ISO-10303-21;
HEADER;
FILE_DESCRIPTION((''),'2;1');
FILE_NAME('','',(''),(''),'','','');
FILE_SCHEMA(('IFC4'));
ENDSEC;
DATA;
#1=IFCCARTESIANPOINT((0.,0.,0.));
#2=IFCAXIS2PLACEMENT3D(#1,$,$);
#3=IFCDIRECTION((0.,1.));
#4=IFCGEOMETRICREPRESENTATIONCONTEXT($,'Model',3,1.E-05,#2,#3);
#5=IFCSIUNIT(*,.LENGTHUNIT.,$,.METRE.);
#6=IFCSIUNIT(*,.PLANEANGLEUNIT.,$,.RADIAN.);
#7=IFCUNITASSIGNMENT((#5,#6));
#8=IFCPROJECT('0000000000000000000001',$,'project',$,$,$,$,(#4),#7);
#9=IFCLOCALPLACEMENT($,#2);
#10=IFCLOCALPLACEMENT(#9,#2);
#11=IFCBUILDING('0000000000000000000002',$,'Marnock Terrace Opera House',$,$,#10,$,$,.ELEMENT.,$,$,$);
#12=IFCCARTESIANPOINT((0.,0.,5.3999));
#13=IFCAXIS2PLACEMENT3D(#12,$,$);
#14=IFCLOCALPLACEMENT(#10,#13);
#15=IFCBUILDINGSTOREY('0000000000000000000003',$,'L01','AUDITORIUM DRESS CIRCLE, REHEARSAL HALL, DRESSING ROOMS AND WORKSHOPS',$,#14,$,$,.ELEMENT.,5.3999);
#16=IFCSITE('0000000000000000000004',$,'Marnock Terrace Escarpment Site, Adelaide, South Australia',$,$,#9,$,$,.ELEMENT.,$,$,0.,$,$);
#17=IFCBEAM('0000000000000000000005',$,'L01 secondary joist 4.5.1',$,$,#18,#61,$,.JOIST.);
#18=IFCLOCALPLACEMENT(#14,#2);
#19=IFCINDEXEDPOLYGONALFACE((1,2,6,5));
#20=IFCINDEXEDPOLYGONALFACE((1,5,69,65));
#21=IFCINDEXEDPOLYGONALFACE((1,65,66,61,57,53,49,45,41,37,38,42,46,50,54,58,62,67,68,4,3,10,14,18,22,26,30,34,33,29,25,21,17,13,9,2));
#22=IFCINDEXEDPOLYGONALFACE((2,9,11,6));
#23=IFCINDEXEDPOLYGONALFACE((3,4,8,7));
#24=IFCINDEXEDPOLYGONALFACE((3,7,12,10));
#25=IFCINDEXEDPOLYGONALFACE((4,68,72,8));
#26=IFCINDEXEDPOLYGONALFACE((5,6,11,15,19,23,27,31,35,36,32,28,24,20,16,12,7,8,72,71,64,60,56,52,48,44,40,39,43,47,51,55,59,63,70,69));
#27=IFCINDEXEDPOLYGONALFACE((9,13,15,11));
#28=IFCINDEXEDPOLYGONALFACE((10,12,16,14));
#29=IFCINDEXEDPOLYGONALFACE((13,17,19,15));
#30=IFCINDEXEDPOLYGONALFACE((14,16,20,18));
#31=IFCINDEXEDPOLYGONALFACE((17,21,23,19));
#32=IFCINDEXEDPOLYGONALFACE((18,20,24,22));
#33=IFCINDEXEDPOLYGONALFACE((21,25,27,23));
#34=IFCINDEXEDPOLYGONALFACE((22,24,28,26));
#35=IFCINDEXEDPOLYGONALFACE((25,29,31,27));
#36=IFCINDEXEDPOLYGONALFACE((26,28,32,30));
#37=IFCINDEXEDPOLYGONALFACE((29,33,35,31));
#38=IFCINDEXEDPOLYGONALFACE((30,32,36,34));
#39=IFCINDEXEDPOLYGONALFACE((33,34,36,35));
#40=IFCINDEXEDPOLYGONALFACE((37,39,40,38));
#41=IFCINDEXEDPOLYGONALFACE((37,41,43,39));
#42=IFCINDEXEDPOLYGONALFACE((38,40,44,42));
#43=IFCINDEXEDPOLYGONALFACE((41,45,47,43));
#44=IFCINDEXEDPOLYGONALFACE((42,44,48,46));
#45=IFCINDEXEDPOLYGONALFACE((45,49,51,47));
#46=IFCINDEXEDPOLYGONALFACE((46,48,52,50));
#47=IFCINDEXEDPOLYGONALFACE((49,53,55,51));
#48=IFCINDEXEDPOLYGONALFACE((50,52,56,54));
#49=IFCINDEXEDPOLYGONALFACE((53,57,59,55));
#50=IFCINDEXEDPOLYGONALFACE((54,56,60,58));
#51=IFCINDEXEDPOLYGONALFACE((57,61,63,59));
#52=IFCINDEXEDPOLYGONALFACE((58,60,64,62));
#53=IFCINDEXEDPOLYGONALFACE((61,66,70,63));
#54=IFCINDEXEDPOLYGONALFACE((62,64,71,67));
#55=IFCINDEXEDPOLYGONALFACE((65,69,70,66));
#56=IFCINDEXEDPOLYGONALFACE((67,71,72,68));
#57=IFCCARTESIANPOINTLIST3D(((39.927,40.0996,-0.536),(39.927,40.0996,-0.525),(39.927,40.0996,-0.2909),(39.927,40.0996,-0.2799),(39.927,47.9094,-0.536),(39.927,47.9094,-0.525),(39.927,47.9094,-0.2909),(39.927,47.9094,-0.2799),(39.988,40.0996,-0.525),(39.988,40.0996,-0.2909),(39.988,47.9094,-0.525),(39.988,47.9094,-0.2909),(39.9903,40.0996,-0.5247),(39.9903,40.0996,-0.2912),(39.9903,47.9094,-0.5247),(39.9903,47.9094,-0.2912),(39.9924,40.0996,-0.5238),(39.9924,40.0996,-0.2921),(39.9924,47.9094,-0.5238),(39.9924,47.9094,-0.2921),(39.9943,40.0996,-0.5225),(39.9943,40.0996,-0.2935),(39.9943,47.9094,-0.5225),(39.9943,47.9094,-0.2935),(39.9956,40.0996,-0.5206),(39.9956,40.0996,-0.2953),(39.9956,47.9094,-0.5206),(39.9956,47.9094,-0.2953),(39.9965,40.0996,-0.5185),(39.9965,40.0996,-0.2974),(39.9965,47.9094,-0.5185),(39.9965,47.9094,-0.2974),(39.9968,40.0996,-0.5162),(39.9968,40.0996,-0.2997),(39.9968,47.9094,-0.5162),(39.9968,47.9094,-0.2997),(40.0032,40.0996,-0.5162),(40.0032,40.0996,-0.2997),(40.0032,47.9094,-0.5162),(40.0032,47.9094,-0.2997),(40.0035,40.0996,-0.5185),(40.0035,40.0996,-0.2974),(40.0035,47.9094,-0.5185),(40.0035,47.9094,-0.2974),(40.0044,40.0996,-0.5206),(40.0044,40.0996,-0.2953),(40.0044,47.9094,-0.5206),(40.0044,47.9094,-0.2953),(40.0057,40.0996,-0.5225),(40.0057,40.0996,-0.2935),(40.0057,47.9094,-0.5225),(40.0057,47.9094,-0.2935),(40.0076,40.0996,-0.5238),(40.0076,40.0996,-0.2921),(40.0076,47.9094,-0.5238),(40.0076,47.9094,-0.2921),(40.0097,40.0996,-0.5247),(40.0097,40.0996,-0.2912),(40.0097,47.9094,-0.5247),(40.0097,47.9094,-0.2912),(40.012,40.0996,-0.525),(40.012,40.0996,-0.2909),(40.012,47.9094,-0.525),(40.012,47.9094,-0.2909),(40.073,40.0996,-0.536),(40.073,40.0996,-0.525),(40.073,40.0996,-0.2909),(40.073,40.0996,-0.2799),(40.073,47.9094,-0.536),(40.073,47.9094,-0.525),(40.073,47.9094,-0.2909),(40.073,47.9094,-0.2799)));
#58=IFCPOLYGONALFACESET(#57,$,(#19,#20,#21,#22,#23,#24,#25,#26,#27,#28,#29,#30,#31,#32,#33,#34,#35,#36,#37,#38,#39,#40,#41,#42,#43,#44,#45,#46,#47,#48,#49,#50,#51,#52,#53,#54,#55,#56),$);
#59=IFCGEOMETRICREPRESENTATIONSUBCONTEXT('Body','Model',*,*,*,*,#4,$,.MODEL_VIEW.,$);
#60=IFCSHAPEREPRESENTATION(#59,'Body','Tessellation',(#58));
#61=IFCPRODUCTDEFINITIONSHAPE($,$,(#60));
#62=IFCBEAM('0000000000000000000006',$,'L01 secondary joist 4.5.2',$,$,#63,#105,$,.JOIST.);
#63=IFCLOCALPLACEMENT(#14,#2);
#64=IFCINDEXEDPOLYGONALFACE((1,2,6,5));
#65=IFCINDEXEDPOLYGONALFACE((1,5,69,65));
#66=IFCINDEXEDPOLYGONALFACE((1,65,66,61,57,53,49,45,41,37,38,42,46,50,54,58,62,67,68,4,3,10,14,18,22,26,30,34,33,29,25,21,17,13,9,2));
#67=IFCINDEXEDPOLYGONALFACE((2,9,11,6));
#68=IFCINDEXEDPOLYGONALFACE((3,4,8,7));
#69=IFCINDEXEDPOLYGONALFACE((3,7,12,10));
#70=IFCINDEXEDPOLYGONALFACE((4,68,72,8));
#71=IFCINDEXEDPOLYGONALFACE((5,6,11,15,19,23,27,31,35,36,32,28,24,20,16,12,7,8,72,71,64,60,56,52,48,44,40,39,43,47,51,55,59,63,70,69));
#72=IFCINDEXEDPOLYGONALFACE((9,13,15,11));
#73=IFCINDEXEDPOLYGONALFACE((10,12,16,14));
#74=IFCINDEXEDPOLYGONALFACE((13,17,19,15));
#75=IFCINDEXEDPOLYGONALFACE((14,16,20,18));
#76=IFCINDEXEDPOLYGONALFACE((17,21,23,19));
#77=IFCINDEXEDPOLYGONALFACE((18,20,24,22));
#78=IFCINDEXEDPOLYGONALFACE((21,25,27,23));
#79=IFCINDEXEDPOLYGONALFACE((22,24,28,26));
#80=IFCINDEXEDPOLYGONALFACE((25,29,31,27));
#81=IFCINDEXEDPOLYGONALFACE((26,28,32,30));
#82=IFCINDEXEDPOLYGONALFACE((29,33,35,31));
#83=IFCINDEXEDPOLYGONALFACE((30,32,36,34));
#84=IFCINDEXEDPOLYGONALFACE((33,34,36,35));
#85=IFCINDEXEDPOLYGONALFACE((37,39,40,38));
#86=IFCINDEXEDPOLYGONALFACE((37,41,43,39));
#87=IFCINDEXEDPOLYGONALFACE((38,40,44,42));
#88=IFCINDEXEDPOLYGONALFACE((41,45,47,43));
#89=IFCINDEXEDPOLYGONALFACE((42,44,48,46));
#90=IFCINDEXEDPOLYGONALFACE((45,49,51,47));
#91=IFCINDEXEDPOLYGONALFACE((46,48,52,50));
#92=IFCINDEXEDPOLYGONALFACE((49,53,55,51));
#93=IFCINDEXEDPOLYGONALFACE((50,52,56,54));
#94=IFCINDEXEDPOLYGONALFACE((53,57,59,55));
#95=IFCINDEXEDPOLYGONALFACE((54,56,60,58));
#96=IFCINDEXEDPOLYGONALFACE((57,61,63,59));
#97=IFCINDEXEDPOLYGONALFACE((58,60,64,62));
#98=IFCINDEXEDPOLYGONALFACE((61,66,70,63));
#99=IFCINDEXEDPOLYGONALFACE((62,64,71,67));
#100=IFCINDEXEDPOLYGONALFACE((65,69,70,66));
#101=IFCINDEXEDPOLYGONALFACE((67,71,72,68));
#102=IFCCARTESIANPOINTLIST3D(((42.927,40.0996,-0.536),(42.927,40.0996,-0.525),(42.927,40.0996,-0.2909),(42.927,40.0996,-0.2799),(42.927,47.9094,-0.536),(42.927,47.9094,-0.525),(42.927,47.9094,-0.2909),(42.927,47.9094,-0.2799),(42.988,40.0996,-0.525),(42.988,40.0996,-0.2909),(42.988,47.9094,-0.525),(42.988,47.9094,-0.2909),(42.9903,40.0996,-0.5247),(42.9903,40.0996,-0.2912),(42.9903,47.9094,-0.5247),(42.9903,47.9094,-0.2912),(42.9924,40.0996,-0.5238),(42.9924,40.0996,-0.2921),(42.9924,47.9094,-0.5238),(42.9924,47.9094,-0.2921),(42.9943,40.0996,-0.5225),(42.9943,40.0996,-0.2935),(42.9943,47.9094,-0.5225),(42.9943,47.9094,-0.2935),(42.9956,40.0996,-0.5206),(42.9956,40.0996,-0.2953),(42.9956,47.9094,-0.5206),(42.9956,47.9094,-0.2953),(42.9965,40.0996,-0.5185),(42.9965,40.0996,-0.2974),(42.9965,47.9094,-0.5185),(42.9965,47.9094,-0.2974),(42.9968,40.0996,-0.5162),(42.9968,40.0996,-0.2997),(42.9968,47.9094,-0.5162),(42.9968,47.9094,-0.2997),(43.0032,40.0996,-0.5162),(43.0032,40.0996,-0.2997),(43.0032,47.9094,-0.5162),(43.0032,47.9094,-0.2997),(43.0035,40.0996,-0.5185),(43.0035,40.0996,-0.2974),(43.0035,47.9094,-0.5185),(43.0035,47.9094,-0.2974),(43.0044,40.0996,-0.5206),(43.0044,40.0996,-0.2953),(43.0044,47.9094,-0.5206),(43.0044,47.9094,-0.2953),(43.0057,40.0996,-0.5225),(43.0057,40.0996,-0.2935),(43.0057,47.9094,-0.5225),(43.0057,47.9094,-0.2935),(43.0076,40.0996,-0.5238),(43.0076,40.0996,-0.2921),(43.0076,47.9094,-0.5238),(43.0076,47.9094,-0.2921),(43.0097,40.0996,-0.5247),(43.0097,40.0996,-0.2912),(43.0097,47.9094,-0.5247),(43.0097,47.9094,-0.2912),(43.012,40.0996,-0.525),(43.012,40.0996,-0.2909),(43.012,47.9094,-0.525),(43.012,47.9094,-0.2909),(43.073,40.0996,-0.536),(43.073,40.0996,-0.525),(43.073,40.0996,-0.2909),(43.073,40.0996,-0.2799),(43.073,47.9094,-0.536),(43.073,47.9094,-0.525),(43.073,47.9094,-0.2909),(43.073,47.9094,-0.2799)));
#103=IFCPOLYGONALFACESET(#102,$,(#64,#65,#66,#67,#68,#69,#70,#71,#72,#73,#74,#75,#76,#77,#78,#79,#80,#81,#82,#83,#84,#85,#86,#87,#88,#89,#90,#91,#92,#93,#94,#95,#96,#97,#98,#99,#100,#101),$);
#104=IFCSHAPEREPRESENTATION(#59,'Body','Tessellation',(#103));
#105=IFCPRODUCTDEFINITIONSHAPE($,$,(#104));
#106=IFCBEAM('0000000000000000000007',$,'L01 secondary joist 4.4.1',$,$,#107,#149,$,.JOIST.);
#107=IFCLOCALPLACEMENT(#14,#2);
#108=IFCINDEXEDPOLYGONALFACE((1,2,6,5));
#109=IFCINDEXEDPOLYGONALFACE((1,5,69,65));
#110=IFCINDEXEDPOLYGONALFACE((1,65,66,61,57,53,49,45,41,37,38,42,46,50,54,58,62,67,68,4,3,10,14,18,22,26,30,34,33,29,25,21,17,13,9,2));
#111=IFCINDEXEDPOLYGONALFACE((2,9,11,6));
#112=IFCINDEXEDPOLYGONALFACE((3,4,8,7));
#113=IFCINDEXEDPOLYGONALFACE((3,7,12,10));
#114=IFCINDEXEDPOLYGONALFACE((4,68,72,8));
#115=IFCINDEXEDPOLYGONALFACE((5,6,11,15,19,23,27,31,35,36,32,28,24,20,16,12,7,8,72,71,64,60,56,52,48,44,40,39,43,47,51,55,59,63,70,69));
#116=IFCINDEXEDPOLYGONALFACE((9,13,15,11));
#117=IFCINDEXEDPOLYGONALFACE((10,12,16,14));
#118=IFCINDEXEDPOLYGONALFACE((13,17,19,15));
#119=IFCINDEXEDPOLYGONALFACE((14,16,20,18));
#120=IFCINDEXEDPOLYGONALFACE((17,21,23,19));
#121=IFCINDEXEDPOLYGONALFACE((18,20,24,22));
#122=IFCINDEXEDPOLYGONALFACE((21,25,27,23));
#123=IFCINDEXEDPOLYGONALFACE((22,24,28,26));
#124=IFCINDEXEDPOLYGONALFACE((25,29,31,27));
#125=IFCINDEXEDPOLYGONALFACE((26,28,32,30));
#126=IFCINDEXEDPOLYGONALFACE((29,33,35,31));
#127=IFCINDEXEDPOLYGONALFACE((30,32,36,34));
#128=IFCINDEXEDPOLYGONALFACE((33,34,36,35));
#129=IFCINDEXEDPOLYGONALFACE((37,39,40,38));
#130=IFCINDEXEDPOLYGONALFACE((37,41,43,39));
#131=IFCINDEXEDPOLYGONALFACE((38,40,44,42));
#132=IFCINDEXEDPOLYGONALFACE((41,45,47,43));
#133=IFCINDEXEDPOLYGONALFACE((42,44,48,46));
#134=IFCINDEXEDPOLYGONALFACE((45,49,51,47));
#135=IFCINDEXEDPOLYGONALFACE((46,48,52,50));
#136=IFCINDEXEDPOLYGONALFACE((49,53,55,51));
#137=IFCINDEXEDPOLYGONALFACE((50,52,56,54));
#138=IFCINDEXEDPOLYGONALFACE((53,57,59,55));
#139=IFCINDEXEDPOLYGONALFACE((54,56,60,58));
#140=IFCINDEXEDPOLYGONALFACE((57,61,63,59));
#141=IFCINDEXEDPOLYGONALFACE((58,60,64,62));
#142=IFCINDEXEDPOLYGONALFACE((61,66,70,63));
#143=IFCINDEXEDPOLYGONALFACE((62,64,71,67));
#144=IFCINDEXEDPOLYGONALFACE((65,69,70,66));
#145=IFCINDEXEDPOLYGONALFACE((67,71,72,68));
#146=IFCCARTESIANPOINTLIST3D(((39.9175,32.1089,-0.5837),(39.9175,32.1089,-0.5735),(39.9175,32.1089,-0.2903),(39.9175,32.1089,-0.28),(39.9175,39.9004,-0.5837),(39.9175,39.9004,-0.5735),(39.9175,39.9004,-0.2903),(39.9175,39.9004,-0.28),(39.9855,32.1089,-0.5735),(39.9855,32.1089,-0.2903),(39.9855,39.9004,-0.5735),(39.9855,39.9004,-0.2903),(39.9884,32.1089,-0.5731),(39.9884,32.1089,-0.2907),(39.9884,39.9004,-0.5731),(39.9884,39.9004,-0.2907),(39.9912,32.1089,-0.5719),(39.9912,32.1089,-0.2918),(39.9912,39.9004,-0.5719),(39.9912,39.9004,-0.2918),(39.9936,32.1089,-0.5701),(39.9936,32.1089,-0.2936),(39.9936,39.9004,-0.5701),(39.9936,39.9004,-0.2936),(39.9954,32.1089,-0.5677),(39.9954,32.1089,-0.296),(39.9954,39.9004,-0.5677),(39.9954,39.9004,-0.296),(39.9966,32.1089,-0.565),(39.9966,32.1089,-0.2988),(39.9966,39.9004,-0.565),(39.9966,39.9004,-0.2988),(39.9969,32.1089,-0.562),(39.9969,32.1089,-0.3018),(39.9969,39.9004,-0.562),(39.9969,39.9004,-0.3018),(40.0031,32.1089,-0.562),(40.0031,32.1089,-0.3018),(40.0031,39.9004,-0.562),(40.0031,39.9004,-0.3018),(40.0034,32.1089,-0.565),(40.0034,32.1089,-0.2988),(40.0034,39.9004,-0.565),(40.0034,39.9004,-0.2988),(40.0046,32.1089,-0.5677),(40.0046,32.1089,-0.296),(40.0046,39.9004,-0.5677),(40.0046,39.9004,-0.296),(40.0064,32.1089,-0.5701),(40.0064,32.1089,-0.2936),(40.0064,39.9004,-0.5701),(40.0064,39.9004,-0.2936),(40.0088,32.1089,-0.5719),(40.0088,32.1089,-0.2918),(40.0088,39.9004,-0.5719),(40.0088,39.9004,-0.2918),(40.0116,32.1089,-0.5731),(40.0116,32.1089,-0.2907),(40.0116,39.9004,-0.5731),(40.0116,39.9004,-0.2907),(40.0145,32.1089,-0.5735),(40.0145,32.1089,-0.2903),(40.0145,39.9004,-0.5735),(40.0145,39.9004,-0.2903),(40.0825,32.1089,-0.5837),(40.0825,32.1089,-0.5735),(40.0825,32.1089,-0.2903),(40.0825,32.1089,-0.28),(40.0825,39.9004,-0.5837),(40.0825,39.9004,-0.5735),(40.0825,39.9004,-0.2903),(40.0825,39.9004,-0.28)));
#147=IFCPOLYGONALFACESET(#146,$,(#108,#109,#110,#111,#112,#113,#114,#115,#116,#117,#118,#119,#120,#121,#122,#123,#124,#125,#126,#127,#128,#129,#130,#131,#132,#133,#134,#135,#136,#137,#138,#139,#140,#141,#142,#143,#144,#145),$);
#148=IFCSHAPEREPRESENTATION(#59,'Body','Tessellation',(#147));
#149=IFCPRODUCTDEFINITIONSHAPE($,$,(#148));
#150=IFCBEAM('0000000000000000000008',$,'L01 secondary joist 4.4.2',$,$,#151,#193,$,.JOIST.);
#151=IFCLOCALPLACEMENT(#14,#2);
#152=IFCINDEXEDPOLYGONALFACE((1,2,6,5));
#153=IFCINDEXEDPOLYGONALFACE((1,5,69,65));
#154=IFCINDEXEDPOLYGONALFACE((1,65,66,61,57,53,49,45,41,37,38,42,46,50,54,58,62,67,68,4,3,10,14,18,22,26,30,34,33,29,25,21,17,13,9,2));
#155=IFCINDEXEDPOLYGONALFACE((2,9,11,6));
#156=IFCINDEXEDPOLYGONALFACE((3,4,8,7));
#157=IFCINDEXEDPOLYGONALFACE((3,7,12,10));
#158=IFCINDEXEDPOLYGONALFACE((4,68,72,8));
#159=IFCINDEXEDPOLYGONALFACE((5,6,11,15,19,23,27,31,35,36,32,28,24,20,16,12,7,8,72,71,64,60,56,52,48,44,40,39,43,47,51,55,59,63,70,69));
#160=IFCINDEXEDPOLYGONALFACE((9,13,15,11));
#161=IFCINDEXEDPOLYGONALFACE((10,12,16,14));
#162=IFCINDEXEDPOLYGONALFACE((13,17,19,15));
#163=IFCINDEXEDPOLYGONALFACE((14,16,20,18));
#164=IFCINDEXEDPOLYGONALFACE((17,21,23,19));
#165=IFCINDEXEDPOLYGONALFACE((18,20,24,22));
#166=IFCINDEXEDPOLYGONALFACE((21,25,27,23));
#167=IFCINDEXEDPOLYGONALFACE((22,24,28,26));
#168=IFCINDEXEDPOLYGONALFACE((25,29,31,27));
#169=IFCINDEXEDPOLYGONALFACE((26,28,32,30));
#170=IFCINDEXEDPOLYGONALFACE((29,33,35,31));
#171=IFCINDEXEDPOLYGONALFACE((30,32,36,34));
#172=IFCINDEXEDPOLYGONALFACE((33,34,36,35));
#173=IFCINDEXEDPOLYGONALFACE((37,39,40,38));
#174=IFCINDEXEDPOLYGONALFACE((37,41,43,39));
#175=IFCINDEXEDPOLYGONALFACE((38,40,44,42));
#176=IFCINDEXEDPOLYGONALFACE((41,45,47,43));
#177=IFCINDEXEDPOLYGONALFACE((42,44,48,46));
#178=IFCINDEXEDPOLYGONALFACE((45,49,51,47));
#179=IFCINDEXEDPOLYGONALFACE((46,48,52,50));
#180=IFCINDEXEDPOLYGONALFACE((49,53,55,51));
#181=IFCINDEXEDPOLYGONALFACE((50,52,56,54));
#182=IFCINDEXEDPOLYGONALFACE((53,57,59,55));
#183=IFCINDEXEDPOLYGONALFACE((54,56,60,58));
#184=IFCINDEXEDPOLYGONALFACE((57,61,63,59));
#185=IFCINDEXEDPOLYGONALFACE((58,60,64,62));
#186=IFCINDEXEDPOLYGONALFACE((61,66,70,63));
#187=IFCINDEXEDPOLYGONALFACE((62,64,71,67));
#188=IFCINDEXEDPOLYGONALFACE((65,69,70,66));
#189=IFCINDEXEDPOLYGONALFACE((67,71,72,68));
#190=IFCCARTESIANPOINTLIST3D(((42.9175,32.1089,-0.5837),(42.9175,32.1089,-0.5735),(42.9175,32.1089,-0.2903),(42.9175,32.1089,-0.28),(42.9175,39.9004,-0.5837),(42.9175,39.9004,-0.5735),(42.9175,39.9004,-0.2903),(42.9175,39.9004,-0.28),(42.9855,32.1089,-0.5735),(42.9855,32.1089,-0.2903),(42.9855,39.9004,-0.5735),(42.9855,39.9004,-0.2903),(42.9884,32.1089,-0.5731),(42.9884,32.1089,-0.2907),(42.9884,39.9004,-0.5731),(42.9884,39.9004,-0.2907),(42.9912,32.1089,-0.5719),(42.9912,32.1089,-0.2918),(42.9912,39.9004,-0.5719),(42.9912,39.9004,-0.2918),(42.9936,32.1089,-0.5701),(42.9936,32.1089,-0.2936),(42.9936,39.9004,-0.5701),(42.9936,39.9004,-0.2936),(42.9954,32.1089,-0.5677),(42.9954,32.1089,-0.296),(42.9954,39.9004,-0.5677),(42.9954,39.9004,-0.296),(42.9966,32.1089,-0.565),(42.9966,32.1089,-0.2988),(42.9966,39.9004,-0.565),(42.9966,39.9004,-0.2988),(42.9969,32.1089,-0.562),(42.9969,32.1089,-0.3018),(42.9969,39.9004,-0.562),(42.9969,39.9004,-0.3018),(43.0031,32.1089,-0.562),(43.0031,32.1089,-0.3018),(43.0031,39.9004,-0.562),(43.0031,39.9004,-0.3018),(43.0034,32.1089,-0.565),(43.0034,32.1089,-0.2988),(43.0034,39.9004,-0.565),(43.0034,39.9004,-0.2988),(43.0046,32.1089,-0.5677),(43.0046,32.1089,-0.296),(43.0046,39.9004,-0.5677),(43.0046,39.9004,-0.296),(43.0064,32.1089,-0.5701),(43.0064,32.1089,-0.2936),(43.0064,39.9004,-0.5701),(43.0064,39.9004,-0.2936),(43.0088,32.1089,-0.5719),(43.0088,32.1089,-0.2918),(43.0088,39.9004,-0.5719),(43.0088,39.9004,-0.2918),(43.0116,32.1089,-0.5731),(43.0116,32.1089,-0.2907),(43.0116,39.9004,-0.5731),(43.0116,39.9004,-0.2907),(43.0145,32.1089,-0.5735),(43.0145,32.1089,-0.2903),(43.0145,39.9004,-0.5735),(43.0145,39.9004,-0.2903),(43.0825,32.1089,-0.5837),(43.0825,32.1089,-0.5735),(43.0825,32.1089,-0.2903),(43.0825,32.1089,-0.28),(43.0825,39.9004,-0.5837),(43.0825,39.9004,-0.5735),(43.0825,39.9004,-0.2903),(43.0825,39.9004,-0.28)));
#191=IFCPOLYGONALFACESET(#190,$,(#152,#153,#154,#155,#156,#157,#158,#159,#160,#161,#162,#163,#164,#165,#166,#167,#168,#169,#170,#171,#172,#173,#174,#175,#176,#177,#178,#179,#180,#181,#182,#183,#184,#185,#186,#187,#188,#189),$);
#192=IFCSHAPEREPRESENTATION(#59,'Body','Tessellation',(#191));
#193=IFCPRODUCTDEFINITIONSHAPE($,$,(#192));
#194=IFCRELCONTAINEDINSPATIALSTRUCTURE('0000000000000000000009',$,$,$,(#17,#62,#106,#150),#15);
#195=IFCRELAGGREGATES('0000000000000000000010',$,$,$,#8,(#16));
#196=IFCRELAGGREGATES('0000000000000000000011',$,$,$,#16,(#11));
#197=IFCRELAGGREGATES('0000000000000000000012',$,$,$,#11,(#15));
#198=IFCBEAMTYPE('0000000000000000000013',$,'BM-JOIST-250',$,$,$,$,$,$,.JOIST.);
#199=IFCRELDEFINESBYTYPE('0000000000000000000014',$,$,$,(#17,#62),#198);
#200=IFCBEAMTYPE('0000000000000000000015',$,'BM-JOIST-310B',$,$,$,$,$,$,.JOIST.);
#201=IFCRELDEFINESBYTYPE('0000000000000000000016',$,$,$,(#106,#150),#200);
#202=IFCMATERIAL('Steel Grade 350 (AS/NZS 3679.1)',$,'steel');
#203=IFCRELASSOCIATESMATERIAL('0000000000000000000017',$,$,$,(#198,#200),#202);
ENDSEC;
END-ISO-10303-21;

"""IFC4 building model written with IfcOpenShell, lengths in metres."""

from ifc_helpers import new_model, si_unit, direction, frame, origin, origin_2d, place, context, subcontext, project, spatial, i_section, extrude, material, material_profile, profile_set, type_object, element, save


model = new_model("IFC4")

# Units and contexts
model_context = context("Model", 3, precision=1e-05, world=origin(), true_north=direction((0.0, 1.0)))
body_context = subcontext(model_context, "Body", "Model", "MODEL_VIEW")
ifc_project = project(units=[si_unit("LENGTHUNIT", "METRE"), si_unit("PLANEANGLEUNIT", "RADIAN")], contexts=[model_context])

# Site, building, storey
site_placement = place(None, origin())
site = spatial("IfcSite", under=ifc_project, at=site_placement, Name="Marnock Terrace Escarpment Site, Adelaide, South Australia", CompositionType="ELEMENT", RefElevation=0.0)
building_placement = place(site_placement, origin())
building = spatial("IfcBuilding", under=site, at=building_placement, Name="Marnock Terrace Opera House", CompositionType="ELEMENT")
storey_placement = place(building_placement, frame((0.0, 0.0, 5.3999)))
storey = spatial("IfcBuildingStorey", under=building, at=storey_placement, Name="L01", Description="AUDITORIUM DRESS CIRCLE, REHEARSAL HALL, DRESSING ROOMS AND WORKSHOPS", CompositionType="ELEMENT", Elevation=5.3999)

# Shared definitions
ifc_material_1 = material(Name="Steel Grade 350 (AS/NZS 3679.1)", Category="steel")

# Beams
ifc_material_profile_1 = material_profile(ifc_material_1, i_section(OverallWidth=0.146, OverallDepth=0.2561, WebThickness=0.0063, FlangeThickness=0.011, FilletRadius=0.0088, at=origin_2d()))
ifc_profile_set_1 = profile_set([ifc_material_profile_1], Name="Steel Grade 350 (AS/NZS 3679.1)")
beam_type_1 = type_object("IfcBeamType", Name="BM-JOIST-250", PredefinedType="JOIST", material=ifc_profile_set_1)
for number, where, z_axis, x_axis, name in (
    (1, (40.0, 40.0996, -0.408), (0.0, 1.0, 0.0), (-1.0, 0.0, 0.0), "L01 secondary joist 4.5.1"),
    (2, (43.0, 40.0996, -0.408), (0.0, 1.0, 0.0), (-1.0, 0.0, 0.0), "L01 secondary joist 4.5.2"),
):
    element("IfcBeam", number, at=place(storey_placement, frame(where, z_axis=z_axis, x_axis=x_axis)), inside=storey, type_object=beam_type_1, Name=name, PredefinedType="JOIST", context=body_context, shape_type="SweptSolid", body=[
        extrude(i_section(OverallWidth=0.146, OverallDepth=0.2561, WebThickness=0.0063, FlangeThickness=0.011, FilletRadius=0.0088, at=origin_2d()), origin(), (0.0, 0.0, 1.0), 7.8098),
    ])
ifc_material_profile_2 = material_profile(ifc_material_1, i_section(OverallWidth=0.165, OverallDepth=0.3037, WebThickness=0.0061, FlangeThickness=0.0103, FilletRadius=0.0115, at=origin_2d()))
ifc_profile_set_2 = profile_set([ifc_material_profile_2], Name="Steel Grade 350 (AS/NZS 3679.1)")
beam_type_2 = type_object("IfcBeamType", Name="BM-JOIST-310B", PredefinedType="JOIST", material=ifc_profile_set_2)
for number, where, z_axis, x_axis, name in (
    (3, (40.0, 32.1089, -0.4319), (0.0, 1.0, 0.0), (-1.0, 0.0, 0.0), "L01 secondary joist 4.4.1"),
    (4, (43.0, 32.1089, -0.4319), (0.0, 1.0, 0.0), (-1.0, 0.0, 0.0), "L01 secondary joist 4.4.2"),
):
    element("IfcBeam", number, at=place(storey_placement, frame(where, z_axis=z_axis, x_axis=x_axis)), inside=storey, type_object=beam_type_2, Name=name, PredefinedType="JOIST", context=body_context, shape_type="SweptSolid", body=[
        extrude(i_section(OverallWidth=0.165, OverallDepth=0.3037, WebThickness=0.0061, FlangeThickness=0.0103, FilletRadius=0.0115, at=origin_2d()), origin(), (0.0, 0.0, 1.0), 7.7915),
    ])

save(model, "model.ifc")
